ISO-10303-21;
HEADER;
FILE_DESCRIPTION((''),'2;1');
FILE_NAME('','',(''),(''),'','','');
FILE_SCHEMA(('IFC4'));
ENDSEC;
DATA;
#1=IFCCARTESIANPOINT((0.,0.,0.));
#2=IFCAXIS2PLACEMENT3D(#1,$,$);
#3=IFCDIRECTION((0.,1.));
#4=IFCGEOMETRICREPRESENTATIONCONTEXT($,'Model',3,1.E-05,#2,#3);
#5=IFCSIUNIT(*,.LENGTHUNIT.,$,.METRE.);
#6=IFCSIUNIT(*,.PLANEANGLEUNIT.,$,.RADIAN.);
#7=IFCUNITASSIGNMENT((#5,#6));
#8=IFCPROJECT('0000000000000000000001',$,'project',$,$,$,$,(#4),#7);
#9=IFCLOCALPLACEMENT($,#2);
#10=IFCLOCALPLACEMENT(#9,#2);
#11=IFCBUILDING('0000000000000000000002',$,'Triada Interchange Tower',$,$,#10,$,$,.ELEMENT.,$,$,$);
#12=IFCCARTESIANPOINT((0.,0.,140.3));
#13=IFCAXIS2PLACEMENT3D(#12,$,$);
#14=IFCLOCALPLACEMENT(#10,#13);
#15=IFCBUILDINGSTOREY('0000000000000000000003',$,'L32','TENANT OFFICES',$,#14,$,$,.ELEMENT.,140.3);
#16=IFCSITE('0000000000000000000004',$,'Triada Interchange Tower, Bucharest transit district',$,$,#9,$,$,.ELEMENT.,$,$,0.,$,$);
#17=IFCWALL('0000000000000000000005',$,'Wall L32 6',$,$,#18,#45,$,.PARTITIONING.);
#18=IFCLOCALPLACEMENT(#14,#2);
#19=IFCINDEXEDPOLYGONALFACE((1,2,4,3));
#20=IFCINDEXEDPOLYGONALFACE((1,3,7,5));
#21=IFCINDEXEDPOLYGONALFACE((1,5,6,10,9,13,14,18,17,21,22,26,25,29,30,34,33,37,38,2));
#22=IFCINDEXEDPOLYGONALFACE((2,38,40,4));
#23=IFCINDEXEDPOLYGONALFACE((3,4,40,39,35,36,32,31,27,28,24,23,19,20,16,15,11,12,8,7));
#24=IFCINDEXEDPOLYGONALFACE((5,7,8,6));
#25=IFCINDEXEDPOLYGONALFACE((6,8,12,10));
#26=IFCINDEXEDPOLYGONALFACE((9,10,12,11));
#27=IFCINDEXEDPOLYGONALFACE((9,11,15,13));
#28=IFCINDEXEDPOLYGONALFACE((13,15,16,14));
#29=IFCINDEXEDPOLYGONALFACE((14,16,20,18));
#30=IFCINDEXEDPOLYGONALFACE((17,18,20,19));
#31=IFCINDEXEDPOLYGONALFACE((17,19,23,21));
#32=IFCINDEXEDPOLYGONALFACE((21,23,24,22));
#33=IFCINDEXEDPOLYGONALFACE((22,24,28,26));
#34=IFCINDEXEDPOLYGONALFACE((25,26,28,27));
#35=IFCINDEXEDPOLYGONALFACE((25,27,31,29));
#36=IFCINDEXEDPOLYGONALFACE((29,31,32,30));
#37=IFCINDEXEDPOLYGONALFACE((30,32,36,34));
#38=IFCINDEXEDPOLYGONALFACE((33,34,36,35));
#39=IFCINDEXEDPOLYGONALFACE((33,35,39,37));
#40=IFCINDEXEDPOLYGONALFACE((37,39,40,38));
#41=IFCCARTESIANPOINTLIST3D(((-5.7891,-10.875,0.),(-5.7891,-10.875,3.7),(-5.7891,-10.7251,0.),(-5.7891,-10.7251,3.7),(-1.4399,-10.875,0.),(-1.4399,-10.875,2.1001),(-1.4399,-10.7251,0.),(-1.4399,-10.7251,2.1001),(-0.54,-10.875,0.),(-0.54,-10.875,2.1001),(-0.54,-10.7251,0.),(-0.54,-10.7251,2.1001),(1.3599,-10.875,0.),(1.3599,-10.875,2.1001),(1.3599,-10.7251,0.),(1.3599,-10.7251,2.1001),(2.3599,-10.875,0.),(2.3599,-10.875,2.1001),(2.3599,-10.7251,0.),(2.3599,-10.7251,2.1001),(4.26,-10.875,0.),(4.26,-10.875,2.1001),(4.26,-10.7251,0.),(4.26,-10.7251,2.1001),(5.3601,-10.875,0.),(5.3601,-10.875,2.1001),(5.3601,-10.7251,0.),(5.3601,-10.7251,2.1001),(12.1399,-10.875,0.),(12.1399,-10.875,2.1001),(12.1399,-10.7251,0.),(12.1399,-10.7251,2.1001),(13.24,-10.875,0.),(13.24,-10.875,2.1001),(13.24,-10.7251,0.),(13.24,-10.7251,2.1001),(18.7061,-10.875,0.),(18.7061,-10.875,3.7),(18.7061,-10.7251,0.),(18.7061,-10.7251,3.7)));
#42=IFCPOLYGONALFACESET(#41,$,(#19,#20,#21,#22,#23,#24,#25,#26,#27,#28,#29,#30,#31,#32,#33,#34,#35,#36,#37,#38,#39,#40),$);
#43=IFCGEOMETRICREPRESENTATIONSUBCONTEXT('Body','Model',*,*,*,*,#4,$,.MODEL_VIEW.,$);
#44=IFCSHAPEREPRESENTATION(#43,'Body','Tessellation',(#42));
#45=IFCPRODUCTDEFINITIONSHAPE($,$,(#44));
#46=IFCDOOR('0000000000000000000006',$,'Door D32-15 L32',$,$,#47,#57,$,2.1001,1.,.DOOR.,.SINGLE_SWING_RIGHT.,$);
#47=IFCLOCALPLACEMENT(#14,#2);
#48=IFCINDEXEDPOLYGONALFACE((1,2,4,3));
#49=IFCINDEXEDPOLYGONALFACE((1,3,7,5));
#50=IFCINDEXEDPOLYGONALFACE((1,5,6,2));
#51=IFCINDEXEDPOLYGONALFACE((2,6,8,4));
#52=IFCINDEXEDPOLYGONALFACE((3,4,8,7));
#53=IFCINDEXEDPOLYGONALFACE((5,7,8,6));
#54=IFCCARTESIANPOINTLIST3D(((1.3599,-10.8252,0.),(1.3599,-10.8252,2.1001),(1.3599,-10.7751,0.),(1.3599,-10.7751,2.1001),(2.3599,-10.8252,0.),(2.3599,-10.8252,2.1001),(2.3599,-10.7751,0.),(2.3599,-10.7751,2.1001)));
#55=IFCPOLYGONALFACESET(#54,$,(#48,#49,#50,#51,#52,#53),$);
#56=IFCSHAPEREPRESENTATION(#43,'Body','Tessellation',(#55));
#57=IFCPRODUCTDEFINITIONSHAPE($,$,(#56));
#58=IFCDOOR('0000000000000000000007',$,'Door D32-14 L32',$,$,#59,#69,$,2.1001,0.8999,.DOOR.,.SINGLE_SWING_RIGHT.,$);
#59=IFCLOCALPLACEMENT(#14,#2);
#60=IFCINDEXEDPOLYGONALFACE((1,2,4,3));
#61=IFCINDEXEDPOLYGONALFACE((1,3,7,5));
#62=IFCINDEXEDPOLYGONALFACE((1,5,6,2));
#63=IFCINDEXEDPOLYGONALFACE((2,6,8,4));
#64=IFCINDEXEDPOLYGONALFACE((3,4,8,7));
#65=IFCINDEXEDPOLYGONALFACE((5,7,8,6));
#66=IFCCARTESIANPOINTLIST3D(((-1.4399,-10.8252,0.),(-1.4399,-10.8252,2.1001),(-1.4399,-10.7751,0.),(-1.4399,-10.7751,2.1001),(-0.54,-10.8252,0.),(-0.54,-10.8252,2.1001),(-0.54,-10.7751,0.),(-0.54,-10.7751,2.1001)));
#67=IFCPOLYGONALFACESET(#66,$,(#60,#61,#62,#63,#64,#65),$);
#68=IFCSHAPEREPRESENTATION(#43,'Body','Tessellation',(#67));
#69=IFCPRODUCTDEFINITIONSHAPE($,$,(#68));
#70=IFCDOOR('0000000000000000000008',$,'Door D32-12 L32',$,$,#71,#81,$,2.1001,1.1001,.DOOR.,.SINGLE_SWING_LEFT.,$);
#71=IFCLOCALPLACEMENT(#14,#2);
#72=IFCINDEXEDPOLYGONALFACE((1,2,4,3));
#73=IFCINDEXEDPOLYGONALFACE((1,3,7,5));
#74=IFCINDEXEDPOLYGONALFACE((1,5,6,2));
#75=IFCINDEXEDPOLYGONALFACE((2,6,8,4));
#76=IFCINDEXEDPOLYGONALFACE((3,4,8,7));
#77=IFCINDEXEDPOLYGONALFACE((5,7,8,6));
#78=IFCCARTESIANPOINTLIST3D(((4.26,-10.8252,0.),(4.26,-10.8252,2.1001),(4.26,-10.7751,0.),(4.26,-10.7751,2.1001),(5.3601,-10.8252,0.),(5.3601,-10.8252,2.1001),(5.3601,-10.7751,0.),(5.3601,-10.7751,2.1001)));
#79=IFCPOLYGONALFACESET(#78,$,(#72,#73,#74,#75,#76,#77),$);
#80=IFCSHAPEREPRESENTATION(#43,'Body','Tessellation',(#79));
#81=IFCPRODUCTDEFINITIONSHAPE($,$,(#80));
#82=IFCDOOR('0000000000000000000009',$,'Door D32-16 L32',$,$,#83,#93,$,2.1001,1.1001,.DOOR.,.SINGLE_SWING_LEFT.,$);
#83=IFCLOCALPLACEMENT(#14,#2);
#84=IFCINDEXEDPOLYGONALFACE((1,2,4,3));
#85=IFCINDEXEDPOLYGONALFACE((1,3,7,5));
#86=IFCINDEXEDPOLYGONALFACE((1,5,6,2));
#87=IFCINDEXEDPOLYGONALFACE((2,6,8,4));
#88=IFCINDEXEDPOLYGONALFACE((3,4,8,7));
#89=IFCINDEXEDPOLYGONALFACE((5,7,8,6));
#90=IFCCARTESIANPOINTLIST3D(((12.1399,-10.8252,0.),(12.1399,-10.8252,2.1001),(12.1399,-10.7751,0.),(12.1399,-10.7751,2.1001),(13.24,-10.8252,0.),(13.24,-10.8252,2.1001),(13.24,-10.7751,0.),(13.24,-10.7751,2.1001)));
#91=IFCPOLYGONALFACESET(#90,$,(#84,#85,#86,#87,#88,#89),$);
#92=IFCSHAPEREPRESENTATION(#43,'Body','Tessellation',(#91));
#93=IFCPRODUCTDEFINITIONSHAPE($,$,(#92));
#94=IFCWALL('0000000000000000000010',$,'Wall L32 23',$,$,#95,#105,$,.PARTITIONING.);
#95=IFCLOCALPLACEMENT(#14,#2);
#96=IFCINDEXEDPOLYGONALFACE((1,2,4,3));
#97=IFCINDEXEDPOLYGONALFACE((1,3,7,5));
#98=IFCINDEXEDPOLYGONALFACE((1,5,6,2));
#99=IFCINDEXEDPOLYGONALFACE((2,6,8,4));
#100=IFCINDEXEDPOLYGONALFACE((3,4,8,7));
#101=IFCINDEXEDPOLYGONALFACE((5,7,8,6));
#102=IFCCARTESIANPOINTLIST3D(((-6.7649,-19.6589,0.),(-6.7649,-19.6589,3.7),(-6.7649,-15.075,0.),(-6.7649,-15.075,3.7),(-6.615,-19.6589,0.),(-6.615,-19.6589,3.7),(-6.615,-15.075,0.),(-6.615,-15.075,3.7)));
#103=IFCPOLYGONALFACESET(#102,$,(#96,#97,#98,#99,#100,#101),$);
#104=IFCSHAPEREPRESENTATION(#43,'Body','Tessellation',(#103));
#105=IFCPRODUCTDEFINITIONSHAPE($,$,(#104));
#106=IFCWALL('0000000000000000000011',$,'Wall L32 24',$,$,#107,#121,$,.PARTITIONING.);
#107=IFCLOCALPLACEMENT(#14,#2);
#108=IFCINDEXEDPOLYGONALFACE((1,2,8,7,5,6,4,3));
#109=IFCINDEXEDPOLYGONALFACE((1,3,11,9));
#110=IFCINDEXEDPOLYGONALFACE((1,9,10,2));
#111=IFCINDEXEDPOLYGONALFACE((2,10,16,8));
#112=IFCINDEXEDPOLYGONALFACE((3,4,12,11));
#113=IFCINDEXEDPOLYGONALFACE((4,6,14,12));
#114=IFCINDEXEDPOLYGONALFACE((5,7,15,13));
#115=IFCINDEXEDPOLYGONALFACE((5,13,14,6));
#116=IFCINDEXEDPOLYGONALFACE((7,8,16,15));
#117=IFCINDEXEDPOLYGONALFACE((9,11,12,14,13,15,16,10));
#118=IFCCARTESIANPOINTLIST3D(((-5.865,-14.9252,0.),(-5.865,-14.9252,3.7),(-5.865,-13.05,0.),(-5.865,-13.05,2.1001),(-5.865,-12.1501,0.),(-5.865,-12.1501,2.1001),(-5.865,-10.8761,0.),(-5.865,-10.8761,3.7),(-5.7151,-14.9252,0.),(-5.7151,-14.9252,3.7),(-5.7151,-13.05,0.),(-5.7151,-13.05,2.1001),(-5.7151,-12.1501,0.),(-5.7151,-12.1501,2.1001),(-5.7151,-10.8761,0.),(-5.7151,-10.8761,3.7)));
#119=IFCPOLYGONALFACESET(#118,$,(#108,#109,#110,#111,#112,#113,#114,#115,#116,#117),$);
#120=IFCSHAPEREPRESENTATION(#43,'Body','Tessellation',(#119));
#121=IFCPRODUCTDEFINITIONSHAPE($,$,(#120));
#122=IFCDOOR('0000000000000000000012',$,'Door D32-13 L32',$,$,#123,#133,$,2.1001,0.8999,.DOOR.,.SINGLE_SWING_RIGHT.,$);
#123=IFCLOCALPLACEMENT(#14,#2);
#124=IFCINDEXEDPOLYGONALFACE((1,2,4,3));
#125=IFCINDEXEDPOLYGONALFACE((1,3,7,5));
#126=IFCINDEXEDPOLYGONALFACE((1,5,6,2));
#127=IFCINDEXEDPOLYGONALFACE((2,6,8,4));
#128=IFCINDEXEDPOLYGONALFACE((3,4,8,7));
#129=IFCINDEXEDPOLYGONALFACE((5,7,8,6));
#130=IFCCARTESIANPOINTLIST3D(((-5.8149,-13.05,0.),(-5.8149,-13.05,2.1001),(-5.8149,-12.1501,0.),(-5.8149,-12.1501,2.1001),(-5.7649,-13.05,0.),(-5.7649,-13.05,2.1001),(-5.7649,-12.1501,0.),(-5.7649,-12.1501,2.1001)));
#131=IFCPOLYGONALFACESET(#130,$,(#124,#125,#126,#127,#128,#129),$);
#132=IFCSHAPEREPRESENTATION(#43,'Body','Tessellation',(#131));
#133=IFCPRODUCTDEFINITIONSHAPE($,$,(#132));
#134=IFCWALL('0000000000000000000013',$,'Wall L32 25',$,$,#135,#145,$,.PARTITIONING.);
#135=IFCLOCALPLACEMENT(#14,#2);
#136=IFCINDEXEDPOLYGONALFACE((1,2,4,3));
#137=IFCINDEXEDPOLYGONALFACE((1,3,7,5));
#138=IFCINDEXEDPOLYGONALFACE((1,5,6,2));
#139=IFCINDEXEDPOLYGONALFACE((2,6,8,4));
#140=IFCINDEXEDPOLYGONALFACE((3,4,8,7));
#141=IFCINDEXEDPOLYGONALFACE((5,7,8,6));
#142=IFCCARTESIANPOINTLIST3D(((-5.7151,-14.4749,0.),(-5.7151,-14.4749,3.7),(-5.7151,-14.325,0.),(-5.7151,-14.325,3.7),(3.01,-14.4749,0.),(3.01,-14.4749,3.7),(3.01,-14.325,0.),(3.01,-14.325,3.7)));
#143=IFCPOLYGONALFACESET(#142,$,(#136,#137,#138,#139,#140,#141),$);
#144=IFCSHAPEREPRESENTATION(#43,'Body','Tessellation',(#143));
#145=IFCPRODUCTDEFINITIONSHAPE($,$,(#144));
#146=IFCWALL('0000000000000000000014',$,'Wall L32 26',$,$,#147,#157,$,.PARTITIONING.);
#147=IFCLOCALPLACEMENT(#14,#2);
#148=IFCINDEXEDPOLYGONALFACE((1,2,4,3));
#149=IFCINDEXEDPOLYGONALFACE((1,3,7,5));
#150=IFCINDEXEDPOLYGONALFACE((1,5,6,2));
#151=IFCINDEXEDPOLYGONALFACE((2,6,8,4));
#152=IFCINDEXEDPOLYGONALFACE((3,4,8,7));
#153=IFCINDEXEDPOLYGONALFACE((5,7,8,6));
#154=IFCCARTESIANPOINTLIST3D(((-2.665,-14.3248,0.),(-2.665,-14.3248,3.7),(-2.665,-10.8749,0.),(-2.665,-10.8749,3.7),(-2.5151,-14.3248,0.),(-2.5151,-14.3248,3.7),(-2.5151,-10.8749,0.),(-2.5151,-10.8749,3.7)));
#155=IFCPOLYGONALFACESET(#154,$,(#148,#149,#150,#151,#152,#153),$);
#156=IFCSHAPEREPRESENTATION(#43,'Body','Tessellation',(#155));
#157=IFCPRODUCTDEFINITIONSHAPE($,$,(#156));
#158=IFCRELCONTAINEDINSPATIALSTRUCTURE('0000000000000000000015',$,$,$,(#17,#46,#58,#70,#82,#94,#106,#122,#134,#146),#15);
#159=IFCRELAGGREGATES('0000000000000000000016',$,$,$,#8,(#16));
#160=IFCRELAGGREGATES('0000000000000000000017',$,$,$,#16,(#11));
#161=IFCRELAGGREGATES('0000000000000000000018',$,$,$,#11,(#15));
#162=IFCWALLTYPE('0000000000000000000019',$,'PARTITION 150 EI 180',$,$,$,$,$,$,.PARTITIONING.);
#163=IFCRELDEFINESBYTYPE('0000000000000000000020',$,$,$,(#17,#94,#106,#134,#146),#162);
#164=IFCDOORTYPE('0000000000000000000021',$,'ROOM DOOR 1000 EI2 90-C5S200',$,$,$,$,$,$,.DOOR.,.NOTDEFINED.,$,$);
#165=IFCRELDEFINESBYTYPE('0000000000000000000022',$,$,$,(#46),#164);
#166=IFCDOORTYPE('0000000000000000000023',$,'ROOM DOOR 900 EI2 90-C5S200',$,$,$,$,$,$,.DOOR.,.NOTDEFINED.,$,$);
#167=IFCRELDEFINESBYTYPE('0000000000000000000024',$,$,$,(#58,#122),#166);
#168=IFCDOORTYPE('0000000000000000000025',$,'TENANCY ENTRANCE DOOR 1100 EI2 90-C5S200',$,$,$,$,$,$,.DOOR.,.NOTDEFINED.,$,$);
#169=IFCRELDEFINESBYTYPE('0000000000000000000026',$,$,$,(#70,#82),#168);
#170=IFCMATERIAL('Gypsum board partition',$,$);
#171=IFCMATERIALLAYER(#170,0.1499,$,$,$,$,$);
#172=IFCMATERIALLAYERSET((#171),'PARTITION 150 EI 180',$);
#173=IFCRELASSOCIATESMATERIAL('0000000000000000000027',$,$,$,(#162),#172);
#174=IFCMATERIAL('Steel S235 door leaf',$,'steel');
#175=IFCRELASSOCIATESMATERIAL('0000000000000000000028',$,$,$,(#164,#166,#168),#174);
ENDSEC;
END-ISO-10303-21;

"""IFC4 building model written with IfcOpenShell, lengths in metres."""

from ifc_helpers import new_model, si_unit, direction, frame, frame_2d, origin, place, context, subcontext, project, spatial, rectangle, extrude, material, layer, layer_set, type_object, element, fill, save


model = new_model("IFC4")

# Units and contexts
model_context = context("Model", 3, precision=1e-05, world=origin(), true_north=direction((0.0, 1.0)))
body_context = subcontext(model_context, "Body", "Model", "MODEL_VIEW")
ifc_project = project(units=[si_unit("LENGTHUNIT", "METRE"), si_unit("PLANEANGLEUNIT", "RADIAN")], contexts=[model_context])

# Site, building, storey
site_placement = place(None, origin())
site = spatial("IfcSite", under=ifc_project, at=site_placement, Name="Triada Interchange Tower, Bucharest transit district", CompositionType="ELEMENT", RefElevation=0.0)
building_placement = place(site_placement, origin())
building = spatial("IfcBuilding", under=site, at=building_placement, Name="Triada Interchange Tower", CompositionType="ELEMENT")
storey_placement = place(building_placement, frame((0.0, 0.0, 140.3)))
storey = spatial("IfcBuildingStorey", under=building, at=storey_placement, Name="L32", Description="TENANT OFFICES", CompositionType="ELEMENT", Elevation=140.3)

# Shared definitions
ifc_material_1 = material(Name="Gypsum board partition")
ifc_layer_1 = layer(ifc_material_1, 0.1499)
ifc_layer_set_1 = layer_set([ifc_layer_1], Name="PARTITION 150 EI 180")
wall_type = type_object("IfcWallType", Name="PARTITION 150 EI 180", PredefinedType="PARTITIONING", material=ifc_layer_set_1)

# Wall, openings, doors
wall_1_placement = place(storey_placement, frame((-5.7891, -10.8, 0.0), z_axis=(0.0, 0.0, 1.0), x_axis=(1.0, 0.0, 0.0)))
wall_1 = element("IfcWall", 1, at=wall_1_placement, inside=storey, type_object=wall_type, Name="Wall L32 6", PredefinedType="PARTITIONING", context=body_context, shape_type="SweptSolid", body=[
    extrude(rectangle(XDim=24.4951, YDim=0.1499, at=frame_2d((12.2476, 0.0))), origin(), (0.0, 0.0, 1.0), 3.7),
])
opening_1_placement = place(wall_1_placement, frame((10.0491, 0.0, 0.0)))
opening_1 = element("IfcOpeningElement", 2, at=opening_1_placement, cuts=wall_1, PredefinedType="OPENING", context=body_context, shape_type="SweptSolid", body=[
    extrude(rectangle(XDim=1.1001, YDim=2.1001, at=frame_2d((0.55, 1.05))), frame((0.0, 0.085, 0.0), z_axis=(0.0, -1.0, 0.0), x_axis=(1.0, 0.0, 0.0)), (0.0, 0.0, 1.0), 0.1699),
])
opening_2_placement = place(wall_1_placement, frame((4.3491, 0.0, 0.0)))
opening_2 = element("IfcOpeningElement", 3, at=opening_2_placement, cuts=wall_1, PredefinedType="OPENING", context=body_context, shape_type="SweptSolid", body=[
    extrude(rectangle(XDim=0.8999, YDim=2.1001, at=frame_2d((0.45, 1.05))), frame((0.0, 0.085, 0.0), z_axis=(0.0, -1.0, 0.0), x_axis=(1.0, 0.0, 0.0)), (0.0, 0.0, 1.0), 0.1699),
])
opening_3_placement = place(wall_1_placement, frame((7.1489, 0.0, 0.0)))
opening_3 = element("IfcOpeningElement", 4, at=opening_3_placement, cuts=wall_1, PredefinedType="OPENING", context=body_context, shape_type="SweptSolid", body=[
    extrude(rectangle(XDim=1.0, YDim=2.1001, at=frame_2d((0.5, 1.05))), frame((0.0, 0.085, 0.0), z_axis=(0.0, -1.0, 0.0), x_axis=(1.0, 0.0, 0.0)), (0.0, 0.0, 1.0), 0.1699),
])
opening_4_placement = place(wall_1_placement, frame((17.929, 0.0, 0.0)))
opening_4 = element("IfcOpeningElement", 5, at=opening_4_placement, cuts=wall_1, PredefinedType="OPENING", context=body_context, shape_type="SweptSolid", body=[
    extrude(rectangle(XDim=1.1001, YDim=2.1001, at=frame_2d((0.55, 1.05))), frame((0.0, 0.085, 0.0), z_axis=(0.0, -1.0, 0.0), x_axis=(1.0, 0.0, 0.0)), (0.0, 0.0, 1.0), 0.1699),
])
ifc_material_2 = material(Name="Steel S235 door leaf", Category="steel")
door_type_1 = type_object("IfcDoorType", Name="ROOM DOOR 1000 EI2 90-C5S200", OperationType="NOTDEFINED", PredefinedType="DOOR", material=ifc_material_2)
door_1_placement = place(opening_3_placement, origin())
door_1 = element("IfcDoor", 6, at=door_1_placement, inside=storey, type_object=door_type_1, Name="Door D32-15 L32", OperationType="SINGLE_SWING_RIGHT", OverallHeight=2.1001, OverallWidth=1.0, PredefinedType="DOOR", context=body_context, shape_type="SweptSolid", body=[
    extrude(rectangle(XDim=1.0, YDim=2.1001, at=frame_2d((0.5, 1.05))), frame((0.0, 0.0249, 0.0), z_axis=(0.0, -1.0, 0.0), x_axis=(1.0, 0.0, 0.0)), (0.0, 0.0, 1.0), 0.05),
])
fill(opening_3, door_1)
door_type_2 = type_object("IfcDoorType", Name="ROOM DOOR 900 EI2 90-C5S200", OperationType="NOTDEFINED", PredefinedType="DOOR", material=ifc_material_2)
door_2_placement = place(opening_2_placement, origin())
door_2 = element("IfcDoor", 7, at=door_2_placement, inside=storey, type_object=door_type_2, Name="Door D32-14 L32", OperationType="SINGLE_SWING_RIGHT", OverallHeight=2.1001, OverallWidth=0.8999, PredefinedType="DOOR", context=body_context, shape_type="SweptSolid", body=[
    extrude(rectangle(XDim=0.8999, YDim=2.1001, at=frame_2d((0.45, 1.05))), frame((0.0, 0.0249, 0.0), z_axis=(0.0, -1.0, 0.0), x_axis=(1.0, 0.0, 0.0)), (0.0, 0.0, 1.0), 0.05),
])
fill(opening_2, door_2)
door_type_3 = type_object("IfcDoorType", Name="TENANCY ENTRANCE DOOR 1100 EI2 90-C5S200", OperationType="NOTDEFINED", PredefinedType="DOOR", material=ifc_material_2)
door_3_placement = place(opening_1_placement, origin())
door_3 = element("IfcDoor", 8, at=door_3_placement, inside=storey, type_object=door_type_3, Name="Door D32-12 L32", OperationType="SINGLE_SWING_LEFT", OverallHeight=2.1001, OverallWidth=1.1001, PredefinedType="DOOR", context=body_context, shape_type="SweptSolid", body=[
    extrude(rectangle(XDim=1.1001, YDim=2.1001, at=frame_2d((0.55, 1.05))), frame((0.0, 0.0249, 0.0), z_axis=(0.0, -1.0, 0.0), x_axis=(1.0, 0.0, 0.0)), (0.0, 0.0, 1.0), 0.05),
])
fill(opening_1, door_3)
door_4_placement = place(opening_4_placement, origin())
door_4 = element("IfcDoor", 9, at=door_4_placement, inside=storey, type_object=door_type_3, Name="Door D32-16 L32", OperationType="SINGLE_SWING_LEFT", OverallHeight=2.1001, OverallWidth=1.1001, PredefinedType="DOOR", context=body_context, shape_type="SweptSolid", body=[
    extrude(rectangle(XDim=1.1001, YDim=2.1001, at=frame_2d((0.55, 1.05))), frame((0.0, 0.0249, 0.0), z_axis=(0.0, -1.0, 0.0), x_axis=(1.0, 0.0, 0.0)), (0.0, 0.0, 1.0), 0.05),
])
fill(opening_4, door_4)

# Wall
wall_2_placement = place(storey_placement, frame((-6.6899, -19.6589, 0.0), z_axis=(0.0, 0.0, 1.0), x_axis=(0.0, 1.0, 0.0)))
element("IfcWall", 10, at=wall_2_placement, inside=storey, type_object=wall_type, Name="Wall L32 23", PredefinedType="PARTITIONING", context=body_context, shape_type="SweptSolid", body=[
    extrude(rectangle(XDim=4.584, YDim=0.1499, at=frame_2d((2.292, 0.0))), origin(), (0.0, 0.0, 1.0), 3.7),
])

# Wall, opening, door
wall_3_placement = place(storey_placement, frame((-5.79, -14.925, 0.0), z_axis=(0.0, 0.0, 1.0), x_axis=(0.0, 1.0, 0.0)))
wall_3 = element("IfcWall", 11, at=wall_3_placement, inside=storey, type_object=wall_type, Name="Wall L32 24", PredefinedType="PARTITIONING", context=body_context, shape_type="SweptSolid", body=[
    extrude(rectangle(XDim=4.0491, YDim=0.1499, at=frame_2d((2.0244, 0.0))), origin(), (0.0, 0.0, 1.0), 3.7),
])
opening_5_placement = place(wall_3_placement, frame((1.875, 0.0, 0.0)))
opening_5 = element("IfcOpeningElement", 12, at=opening_5_placement, cuts=wall_3, PredefinedType="OPENING", context=body_context, shape_type="SweptSolid", body=[
    extrude(rectangle(XDim=0.8999, YDim=2.1001, at=frame_2d((0.45, 1.05))), frame((0.0, 0.085, 0.0), z_axis=(0.0, -1.0, 0.0), x_axis=(1.0, 0.0, 0.0)), (0.0, 0.0, 1.0), 0.1699),
])
door_5_placement = place(opening_5_placement, origin())
door_5 = element("IfcDoor", 13, at=door_5_placement, inside=storey, type_object=door_type_2, Name="Door D32-13 L32", OperationType="SINGLE_SWING_RIGHT", OverallHeight=2.1001, OverallWidth=0.8999, PredefinedType="DOOR", context=body_context, shape_type="SweptSolid", body=[
    extrude(rectangle(XDim=0.8999, YDim=2.1001, at=frame_2d((0.45, 1.05))), frame((0.0, 0.0249, 0.0), z_axis=(0.0, -1.0, 0.0), x_axis=(1.0, 0.0, 0.0)), (0.0, 0.0, 1.0), 0.05),
])
fill(opening_5, door_5)

# Walls
wall_4_placement = place(storey_placement, frame((-5.7151, -14.3999, 0.0), z_axis=(0.0, 0.0, 1.0), x_axis=(1.0, 0.0, 0.0)))
element("IfcWall", 14, at=wall_4_placement, inside=storey, type_object=wall_type, Name="Wall L32 25", PredefinedType="PARTITIONING", context=body_context, shape_type="SweptSolid", body=[
    extrude(rectangle(XDim=8.7251, YDim=0.1499, at=frame_2d((4.3625, 0.0))), origin(), (0.0, 0.0, 1.0), 3.7),
])
wall_5_placement = place(storey_placement, frame((-2.5901, -14.325, 0.0), z_axis=(0.0, 0.0, 1.0), x_axis=(0.0, 1.0, 0.0)))
element("IfcWall", 15, at=wall_5_placement, inside=storey, type_object=wall_type, Name="Wall L32 26", PredefinedType="PARTITIONING", context=body_context, shape_type="SweptSolid", body=[
    extrude(rectangle(XDim=3.45, YDim=0.1499, at=frame_2d((1.7251, 0.0))), origin(), (0.0, 0.0, 1.0), 3.7),
])

save(model, "model.ifc")
